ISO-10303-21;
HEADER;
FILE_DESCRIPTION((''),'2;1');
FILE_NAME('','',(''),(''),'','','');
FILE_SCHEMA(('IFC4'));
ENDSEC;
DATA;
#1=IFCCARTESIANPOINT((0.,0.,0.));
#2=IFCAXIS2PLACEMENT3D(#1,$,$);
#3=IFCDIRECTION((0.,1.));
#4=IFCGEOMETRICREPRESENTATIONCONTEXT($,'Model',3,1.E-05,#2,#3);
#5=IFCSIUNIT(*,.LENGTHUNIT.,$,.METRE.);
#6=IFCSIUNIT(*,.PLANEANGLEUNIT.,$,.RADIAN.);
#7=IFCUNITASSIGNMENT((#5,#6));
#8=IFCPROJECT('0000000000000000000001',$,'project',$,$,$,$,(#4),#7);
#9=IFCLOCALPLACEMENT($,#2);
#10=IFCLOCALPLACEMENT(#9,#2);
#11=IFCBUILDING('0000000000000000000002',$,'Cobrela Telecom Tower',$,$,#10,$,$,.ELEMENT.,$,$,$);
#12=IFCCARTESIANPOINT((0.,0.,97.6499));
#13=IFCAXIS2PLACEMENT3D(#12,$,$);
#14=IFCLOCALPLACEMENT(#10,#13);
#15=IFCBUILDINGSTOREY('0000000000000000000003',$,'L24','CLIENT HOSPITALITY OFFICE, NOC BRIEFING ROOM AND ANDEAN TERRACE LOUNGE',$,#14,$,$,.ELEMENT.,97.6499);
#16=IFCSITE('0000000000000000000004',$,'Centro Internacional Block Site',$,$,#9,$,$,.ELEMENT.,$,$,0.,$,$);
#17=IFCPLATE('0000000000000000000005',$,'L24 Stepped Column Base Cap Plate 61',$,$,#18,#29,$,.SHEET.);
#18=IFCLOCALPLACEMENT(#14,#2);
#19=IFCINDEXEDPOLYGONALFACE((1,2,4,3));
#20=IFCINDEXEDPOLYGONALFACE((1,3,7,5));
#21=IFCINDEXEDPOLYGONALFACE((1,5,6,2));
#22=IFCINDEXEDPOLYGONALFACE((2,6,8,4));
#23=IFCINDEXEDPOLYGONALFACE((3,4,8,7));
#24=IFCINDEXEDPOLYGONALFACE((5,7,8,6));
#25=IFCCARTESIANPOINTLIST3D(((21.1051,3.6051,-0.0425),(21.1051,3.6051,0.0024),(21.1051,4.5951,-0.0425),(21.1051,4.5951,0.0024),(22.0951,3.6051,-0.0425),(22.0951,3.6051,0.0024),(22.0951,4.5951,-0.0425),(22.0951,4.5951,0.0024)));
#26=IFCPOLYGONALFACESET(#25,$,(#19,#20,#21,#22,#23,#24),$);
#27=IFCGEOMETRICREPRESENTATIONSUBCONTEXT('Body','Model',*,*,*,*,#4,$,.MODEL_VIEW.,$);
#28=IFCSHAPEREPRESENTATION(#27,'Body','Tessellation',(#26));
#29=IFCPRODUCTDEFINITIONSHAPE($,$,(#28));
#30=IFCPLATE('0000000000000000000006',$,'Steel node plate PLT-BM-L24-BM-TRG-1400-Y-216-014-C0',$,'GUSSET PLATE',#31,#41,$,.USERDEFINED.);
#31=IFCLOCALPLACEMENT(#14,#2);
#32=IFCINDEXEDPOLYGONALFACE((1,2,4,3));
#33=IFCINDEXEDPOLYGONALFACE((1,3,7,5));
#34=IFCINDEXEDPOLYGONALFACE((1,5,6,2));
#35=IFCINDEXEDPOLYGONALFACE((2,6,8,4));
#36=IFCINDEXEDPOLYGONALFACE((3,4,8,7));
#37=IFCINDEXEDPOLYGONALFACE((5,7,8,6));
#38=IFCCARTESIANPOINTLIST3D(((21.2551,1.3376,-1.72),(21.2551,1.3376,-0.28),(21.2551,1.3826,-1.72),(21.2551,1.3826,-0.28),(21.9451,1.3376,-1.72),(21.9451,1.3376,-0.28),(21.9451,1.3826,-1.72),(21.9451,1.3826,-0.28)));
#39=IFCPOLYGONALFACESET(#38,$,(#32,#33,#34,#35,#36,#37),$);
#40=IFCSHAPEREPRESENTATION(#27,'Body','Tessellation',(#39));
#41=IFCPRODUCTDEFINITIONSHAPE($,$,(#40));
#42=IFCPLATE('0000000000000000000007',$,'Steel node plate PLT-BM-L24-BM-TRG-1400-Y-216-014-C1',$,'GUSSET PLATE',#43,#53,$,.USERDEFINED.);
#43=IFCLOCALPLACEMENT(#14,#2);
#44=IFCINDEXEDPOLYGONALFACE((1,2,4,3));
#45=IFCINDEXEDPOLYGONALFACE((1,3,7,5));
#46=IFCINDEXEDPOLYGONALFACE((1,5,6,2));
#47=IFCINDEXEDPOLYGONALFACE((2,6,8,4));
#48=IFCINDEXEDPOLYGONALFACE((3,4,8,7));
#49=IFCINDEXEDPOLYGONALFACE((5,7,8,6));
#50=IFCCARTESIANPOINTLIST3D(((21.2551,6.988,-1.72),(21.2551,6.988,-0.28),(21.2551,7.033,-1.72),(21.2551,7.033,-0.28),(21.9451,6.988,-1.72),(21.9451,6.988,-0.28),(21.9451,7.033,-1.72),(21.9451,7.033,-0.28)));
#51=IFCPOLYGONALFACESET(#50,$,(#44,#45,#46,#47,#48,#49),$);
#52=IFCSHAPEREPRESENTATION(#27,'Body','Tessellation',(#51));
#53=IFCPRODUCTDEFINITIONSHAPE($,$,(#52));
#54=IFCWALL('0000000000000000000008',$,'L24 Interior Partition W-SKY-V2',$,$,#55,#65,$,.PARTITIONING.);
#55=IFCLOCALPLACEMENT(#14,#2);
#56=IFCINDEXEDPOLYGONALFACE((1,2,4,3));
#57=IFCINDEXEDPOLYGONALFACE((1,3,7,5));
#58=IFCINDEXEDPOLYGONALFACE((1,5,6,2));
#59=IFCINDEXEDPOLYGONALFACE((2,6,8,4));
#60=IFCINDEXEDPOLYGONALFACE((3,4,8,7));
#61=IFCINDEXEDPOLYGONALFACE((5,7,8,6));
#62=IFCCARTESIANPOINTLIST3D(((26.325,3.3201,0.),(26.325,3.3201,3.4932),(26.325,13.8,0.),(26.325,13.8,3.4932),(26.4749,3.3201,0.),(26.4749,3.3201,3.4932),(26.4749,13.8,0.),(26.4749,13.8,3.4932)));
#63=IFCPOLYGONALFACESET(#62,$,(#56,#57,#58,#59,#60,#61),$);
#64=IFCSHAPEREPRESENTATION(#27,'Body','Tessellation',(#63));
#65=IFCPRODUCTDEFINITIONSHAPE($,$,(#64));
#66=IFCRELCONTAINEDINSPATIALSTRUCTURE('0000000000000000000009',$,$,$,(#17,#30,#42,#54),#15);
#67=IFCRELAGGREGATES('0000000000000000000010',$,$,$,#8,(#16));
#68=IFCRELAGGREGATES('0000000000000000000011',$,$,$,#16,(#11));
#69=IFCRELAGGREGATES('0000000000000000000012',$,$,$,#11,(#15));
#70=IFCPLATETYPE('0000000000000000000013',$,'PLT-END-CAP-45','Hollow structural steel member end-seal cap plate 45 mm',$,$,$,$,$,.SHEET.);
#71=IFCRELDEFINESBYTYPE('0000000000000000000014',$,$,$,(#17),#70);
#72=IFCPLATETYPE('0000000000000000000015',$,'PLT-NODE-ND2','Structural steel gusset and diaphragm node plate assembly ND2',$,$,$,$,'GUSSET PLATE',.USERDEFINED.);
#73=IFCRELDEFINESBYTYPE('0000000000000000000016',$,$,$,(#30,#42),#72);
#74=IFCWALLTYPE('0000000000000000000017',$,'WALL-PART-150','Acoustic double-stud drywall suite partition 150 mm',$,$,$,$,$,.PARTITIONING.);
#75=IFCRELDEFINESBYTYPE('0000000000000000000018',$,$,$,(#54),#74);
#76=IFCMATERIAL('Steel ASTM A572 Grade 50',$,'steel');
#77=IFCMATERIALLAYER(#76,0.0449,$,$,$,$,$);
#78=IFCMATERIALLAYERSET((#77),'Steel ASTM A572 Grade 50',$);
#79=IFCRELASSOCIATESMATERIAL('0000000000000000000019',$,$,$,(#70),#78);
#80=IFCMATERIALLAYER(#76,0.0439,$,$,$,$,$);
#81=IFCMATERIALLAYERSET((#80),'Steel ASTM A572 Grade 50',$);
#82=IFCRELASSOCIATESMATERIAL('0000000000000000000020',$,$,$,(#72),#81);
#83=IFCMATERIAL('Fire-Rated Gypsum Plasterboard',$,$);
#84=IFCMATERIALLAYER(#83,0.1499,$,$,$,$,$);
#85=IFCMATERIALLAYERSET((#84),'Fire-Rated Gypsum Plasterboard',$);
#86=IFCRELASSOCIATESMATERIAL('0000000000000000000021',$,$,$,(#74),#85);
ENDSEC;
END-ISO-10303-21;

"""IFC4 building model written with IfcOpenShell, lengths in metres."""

from ifc_helpers import new_model, si_unit, direction, frame, frame_2d, origin, origin_2d, place, context, subcontext, project, spatial, rectangle, extrude, material, layer, layer_set, type_object, element, save


model = new_model("IFC4")

# Units and contexts
model_context = context("Model", 3, precision=1e-05, world=origin(), true_north=direction((0.0, 1.0)))
body_context = subcontext(model_context, "Body", "Model", "MODEL_VIEW")
ifc_project = project(units=[si_unit("LENGTHUNIT", "METRE"), si_unit("PLANEANGLEUNIT", "RADIAN")], contexts=[model_context])

# Site, building, storey
site_placement = place(None, origin())
site = spatial("IfcSite", under=ifc_project, at=site_placement, Name="Centro Internacional Block Site", CompositionType="ELEMENT", RefElevation=0.0)
building_placement = place(site_placement, origin())
building = spatial("IfcBuilding", under=site, at=building_placement, Name="Cobrela Telecom Tower", CompositionType="ELEMENT")
storey_placement = place(building_placement, frame((0.0, 0.0, 97.6499)))
storey = spatial("IfcBuildingStorey", under=building, at=storey_placement, Name="L24", Description="CLIENT HOSPITALITY OFFICE, NOC BRIEFING ROOM AND ANDEAN TERRACE LOUNGE", CompositionType="ELEMENT", Elevation=97.6499)

# Shared definitions
ifc_material_1 = material(Name="Steel ASTM A572 Grade 50", Category="steel")

# Plates
ifc_layer_1 = layer(ifc_material_1, 0.0449)
ifc_layer_set_1 = layer_set([ifc_layer_1], Name="Steel ASTM A572 Grade 50")
plate_type_1 = type_object("IfcPlateType", Name="PLT-END-CAP-45", Description="Hollow structural steel member end-seal cap plate 45 mm", PredefinedType="SHEET", material=ifc_layer_set_1)
plate_1_placement = place(storey_placement, frame((21.6001, 4.1001, -0.0425), z_axis=(0.0, 0.0, 1.0), x_axis=(1.0, 0.0, 0.0)))
element("IfcPlate", 1, at=plate_1_placement, inside=storey, type_object=plate_type_1, Name="L24 Stepped Column Base Cap Plate 61", PredefinedType="SHEET", context=body_context, shape_type="SweptSolid", body=[
    extrude(rectangle(XDim=0.99, YDim=0.99, at=origin_2d()), origin(), (0.0, 0.0, 1.0), 0.0449),
])
ifc_layer_2 = layer(ifc_material_1, 0.0439)
ifc_layer_set_2 = layer_set([ifc_layer_2], Name="Steel ASTM A572 Grade 50")
plate_type_2 = type_object("IfcPlateType", Name="PLT-NODE-ND2", Description="Structural steel gusset and diaphragm node plate assembly ND2", ElementType="GUSSET PLATE", PredefinedType="USERDEFINED", material=ifc_layer_set_2)
for number, where, z_axis, x_axis, name in (
    (2, (21.6001, 1.3601, -1.72), (0.0, 0.0, 1.0), (0.0, 1.0, 0.0), "Steel node plate PLT-BM-L24-BM-TRG-1400-Y-216-014-C0"),
    (3, (21.6001, 7.0105, -1.72), (0.0, 0.0, 1.0), (0.0, 1.0, 0.0), "Steel node plate PLT-BM-L24-BM-TRG-1400-Y-216-014-C1"),
):
    element("IfcPlate", number, at=place(storey_placement, frame(where, z_axis=z_axis, x_axis=x_axis)), inside=storey, type_object=plate_type_2, Name=name, ObjectType="GUSSET PLATE", PredefinedType="USERDEFINED", context=body_context, shape_type="SweptSolid", body=[
        extrude(rectangle(XDim=0.0449, YDim=0.6899, at=origin_2d()), origin(), (0.0, 0.0, 1.0), 1.4399),
    ])

# Wall
ifc_material_2 = material(Name="Fire-Rated Gypsum Plasterboard")
ifc_layer_3 = layer(ifc_material_2, 0.1499)
ifc_layer_set_3 = layer_set([ifc_layer_3], Name="Fire-Rated Gypsum Plasterboard")
wall_type = type_object("IfcWallType", Name="WALL-PART-150", Description="Acoustic double-stud drywall suite partition 150 mm", PredefinedType="PARTITIONING", material=ifc_layer_set_3)
wall_placement = place(storey_placement, frame((26.3999, 3.3201, 0.0), z_axis=(0.0, 0.0, 1.0), x_axis=(0.0, 1.0, 0.0)))
element("IfcWall", 4, at=wall_placement, inside=storey, type_object=wall_type, Name="L24 Interior Partition W-SKY-V2", PredefinedType="PARTITIONING", context=body_context, shape_type="SweptSolid", body=[
    extrude(rectangle(XDim=10.48, YDim=0.1499, at=frame_2d((5.24, 0.0))), origin(), (0.0, 0.0, 1.0), 3.4932),
])

save(model, "model.ifc")
